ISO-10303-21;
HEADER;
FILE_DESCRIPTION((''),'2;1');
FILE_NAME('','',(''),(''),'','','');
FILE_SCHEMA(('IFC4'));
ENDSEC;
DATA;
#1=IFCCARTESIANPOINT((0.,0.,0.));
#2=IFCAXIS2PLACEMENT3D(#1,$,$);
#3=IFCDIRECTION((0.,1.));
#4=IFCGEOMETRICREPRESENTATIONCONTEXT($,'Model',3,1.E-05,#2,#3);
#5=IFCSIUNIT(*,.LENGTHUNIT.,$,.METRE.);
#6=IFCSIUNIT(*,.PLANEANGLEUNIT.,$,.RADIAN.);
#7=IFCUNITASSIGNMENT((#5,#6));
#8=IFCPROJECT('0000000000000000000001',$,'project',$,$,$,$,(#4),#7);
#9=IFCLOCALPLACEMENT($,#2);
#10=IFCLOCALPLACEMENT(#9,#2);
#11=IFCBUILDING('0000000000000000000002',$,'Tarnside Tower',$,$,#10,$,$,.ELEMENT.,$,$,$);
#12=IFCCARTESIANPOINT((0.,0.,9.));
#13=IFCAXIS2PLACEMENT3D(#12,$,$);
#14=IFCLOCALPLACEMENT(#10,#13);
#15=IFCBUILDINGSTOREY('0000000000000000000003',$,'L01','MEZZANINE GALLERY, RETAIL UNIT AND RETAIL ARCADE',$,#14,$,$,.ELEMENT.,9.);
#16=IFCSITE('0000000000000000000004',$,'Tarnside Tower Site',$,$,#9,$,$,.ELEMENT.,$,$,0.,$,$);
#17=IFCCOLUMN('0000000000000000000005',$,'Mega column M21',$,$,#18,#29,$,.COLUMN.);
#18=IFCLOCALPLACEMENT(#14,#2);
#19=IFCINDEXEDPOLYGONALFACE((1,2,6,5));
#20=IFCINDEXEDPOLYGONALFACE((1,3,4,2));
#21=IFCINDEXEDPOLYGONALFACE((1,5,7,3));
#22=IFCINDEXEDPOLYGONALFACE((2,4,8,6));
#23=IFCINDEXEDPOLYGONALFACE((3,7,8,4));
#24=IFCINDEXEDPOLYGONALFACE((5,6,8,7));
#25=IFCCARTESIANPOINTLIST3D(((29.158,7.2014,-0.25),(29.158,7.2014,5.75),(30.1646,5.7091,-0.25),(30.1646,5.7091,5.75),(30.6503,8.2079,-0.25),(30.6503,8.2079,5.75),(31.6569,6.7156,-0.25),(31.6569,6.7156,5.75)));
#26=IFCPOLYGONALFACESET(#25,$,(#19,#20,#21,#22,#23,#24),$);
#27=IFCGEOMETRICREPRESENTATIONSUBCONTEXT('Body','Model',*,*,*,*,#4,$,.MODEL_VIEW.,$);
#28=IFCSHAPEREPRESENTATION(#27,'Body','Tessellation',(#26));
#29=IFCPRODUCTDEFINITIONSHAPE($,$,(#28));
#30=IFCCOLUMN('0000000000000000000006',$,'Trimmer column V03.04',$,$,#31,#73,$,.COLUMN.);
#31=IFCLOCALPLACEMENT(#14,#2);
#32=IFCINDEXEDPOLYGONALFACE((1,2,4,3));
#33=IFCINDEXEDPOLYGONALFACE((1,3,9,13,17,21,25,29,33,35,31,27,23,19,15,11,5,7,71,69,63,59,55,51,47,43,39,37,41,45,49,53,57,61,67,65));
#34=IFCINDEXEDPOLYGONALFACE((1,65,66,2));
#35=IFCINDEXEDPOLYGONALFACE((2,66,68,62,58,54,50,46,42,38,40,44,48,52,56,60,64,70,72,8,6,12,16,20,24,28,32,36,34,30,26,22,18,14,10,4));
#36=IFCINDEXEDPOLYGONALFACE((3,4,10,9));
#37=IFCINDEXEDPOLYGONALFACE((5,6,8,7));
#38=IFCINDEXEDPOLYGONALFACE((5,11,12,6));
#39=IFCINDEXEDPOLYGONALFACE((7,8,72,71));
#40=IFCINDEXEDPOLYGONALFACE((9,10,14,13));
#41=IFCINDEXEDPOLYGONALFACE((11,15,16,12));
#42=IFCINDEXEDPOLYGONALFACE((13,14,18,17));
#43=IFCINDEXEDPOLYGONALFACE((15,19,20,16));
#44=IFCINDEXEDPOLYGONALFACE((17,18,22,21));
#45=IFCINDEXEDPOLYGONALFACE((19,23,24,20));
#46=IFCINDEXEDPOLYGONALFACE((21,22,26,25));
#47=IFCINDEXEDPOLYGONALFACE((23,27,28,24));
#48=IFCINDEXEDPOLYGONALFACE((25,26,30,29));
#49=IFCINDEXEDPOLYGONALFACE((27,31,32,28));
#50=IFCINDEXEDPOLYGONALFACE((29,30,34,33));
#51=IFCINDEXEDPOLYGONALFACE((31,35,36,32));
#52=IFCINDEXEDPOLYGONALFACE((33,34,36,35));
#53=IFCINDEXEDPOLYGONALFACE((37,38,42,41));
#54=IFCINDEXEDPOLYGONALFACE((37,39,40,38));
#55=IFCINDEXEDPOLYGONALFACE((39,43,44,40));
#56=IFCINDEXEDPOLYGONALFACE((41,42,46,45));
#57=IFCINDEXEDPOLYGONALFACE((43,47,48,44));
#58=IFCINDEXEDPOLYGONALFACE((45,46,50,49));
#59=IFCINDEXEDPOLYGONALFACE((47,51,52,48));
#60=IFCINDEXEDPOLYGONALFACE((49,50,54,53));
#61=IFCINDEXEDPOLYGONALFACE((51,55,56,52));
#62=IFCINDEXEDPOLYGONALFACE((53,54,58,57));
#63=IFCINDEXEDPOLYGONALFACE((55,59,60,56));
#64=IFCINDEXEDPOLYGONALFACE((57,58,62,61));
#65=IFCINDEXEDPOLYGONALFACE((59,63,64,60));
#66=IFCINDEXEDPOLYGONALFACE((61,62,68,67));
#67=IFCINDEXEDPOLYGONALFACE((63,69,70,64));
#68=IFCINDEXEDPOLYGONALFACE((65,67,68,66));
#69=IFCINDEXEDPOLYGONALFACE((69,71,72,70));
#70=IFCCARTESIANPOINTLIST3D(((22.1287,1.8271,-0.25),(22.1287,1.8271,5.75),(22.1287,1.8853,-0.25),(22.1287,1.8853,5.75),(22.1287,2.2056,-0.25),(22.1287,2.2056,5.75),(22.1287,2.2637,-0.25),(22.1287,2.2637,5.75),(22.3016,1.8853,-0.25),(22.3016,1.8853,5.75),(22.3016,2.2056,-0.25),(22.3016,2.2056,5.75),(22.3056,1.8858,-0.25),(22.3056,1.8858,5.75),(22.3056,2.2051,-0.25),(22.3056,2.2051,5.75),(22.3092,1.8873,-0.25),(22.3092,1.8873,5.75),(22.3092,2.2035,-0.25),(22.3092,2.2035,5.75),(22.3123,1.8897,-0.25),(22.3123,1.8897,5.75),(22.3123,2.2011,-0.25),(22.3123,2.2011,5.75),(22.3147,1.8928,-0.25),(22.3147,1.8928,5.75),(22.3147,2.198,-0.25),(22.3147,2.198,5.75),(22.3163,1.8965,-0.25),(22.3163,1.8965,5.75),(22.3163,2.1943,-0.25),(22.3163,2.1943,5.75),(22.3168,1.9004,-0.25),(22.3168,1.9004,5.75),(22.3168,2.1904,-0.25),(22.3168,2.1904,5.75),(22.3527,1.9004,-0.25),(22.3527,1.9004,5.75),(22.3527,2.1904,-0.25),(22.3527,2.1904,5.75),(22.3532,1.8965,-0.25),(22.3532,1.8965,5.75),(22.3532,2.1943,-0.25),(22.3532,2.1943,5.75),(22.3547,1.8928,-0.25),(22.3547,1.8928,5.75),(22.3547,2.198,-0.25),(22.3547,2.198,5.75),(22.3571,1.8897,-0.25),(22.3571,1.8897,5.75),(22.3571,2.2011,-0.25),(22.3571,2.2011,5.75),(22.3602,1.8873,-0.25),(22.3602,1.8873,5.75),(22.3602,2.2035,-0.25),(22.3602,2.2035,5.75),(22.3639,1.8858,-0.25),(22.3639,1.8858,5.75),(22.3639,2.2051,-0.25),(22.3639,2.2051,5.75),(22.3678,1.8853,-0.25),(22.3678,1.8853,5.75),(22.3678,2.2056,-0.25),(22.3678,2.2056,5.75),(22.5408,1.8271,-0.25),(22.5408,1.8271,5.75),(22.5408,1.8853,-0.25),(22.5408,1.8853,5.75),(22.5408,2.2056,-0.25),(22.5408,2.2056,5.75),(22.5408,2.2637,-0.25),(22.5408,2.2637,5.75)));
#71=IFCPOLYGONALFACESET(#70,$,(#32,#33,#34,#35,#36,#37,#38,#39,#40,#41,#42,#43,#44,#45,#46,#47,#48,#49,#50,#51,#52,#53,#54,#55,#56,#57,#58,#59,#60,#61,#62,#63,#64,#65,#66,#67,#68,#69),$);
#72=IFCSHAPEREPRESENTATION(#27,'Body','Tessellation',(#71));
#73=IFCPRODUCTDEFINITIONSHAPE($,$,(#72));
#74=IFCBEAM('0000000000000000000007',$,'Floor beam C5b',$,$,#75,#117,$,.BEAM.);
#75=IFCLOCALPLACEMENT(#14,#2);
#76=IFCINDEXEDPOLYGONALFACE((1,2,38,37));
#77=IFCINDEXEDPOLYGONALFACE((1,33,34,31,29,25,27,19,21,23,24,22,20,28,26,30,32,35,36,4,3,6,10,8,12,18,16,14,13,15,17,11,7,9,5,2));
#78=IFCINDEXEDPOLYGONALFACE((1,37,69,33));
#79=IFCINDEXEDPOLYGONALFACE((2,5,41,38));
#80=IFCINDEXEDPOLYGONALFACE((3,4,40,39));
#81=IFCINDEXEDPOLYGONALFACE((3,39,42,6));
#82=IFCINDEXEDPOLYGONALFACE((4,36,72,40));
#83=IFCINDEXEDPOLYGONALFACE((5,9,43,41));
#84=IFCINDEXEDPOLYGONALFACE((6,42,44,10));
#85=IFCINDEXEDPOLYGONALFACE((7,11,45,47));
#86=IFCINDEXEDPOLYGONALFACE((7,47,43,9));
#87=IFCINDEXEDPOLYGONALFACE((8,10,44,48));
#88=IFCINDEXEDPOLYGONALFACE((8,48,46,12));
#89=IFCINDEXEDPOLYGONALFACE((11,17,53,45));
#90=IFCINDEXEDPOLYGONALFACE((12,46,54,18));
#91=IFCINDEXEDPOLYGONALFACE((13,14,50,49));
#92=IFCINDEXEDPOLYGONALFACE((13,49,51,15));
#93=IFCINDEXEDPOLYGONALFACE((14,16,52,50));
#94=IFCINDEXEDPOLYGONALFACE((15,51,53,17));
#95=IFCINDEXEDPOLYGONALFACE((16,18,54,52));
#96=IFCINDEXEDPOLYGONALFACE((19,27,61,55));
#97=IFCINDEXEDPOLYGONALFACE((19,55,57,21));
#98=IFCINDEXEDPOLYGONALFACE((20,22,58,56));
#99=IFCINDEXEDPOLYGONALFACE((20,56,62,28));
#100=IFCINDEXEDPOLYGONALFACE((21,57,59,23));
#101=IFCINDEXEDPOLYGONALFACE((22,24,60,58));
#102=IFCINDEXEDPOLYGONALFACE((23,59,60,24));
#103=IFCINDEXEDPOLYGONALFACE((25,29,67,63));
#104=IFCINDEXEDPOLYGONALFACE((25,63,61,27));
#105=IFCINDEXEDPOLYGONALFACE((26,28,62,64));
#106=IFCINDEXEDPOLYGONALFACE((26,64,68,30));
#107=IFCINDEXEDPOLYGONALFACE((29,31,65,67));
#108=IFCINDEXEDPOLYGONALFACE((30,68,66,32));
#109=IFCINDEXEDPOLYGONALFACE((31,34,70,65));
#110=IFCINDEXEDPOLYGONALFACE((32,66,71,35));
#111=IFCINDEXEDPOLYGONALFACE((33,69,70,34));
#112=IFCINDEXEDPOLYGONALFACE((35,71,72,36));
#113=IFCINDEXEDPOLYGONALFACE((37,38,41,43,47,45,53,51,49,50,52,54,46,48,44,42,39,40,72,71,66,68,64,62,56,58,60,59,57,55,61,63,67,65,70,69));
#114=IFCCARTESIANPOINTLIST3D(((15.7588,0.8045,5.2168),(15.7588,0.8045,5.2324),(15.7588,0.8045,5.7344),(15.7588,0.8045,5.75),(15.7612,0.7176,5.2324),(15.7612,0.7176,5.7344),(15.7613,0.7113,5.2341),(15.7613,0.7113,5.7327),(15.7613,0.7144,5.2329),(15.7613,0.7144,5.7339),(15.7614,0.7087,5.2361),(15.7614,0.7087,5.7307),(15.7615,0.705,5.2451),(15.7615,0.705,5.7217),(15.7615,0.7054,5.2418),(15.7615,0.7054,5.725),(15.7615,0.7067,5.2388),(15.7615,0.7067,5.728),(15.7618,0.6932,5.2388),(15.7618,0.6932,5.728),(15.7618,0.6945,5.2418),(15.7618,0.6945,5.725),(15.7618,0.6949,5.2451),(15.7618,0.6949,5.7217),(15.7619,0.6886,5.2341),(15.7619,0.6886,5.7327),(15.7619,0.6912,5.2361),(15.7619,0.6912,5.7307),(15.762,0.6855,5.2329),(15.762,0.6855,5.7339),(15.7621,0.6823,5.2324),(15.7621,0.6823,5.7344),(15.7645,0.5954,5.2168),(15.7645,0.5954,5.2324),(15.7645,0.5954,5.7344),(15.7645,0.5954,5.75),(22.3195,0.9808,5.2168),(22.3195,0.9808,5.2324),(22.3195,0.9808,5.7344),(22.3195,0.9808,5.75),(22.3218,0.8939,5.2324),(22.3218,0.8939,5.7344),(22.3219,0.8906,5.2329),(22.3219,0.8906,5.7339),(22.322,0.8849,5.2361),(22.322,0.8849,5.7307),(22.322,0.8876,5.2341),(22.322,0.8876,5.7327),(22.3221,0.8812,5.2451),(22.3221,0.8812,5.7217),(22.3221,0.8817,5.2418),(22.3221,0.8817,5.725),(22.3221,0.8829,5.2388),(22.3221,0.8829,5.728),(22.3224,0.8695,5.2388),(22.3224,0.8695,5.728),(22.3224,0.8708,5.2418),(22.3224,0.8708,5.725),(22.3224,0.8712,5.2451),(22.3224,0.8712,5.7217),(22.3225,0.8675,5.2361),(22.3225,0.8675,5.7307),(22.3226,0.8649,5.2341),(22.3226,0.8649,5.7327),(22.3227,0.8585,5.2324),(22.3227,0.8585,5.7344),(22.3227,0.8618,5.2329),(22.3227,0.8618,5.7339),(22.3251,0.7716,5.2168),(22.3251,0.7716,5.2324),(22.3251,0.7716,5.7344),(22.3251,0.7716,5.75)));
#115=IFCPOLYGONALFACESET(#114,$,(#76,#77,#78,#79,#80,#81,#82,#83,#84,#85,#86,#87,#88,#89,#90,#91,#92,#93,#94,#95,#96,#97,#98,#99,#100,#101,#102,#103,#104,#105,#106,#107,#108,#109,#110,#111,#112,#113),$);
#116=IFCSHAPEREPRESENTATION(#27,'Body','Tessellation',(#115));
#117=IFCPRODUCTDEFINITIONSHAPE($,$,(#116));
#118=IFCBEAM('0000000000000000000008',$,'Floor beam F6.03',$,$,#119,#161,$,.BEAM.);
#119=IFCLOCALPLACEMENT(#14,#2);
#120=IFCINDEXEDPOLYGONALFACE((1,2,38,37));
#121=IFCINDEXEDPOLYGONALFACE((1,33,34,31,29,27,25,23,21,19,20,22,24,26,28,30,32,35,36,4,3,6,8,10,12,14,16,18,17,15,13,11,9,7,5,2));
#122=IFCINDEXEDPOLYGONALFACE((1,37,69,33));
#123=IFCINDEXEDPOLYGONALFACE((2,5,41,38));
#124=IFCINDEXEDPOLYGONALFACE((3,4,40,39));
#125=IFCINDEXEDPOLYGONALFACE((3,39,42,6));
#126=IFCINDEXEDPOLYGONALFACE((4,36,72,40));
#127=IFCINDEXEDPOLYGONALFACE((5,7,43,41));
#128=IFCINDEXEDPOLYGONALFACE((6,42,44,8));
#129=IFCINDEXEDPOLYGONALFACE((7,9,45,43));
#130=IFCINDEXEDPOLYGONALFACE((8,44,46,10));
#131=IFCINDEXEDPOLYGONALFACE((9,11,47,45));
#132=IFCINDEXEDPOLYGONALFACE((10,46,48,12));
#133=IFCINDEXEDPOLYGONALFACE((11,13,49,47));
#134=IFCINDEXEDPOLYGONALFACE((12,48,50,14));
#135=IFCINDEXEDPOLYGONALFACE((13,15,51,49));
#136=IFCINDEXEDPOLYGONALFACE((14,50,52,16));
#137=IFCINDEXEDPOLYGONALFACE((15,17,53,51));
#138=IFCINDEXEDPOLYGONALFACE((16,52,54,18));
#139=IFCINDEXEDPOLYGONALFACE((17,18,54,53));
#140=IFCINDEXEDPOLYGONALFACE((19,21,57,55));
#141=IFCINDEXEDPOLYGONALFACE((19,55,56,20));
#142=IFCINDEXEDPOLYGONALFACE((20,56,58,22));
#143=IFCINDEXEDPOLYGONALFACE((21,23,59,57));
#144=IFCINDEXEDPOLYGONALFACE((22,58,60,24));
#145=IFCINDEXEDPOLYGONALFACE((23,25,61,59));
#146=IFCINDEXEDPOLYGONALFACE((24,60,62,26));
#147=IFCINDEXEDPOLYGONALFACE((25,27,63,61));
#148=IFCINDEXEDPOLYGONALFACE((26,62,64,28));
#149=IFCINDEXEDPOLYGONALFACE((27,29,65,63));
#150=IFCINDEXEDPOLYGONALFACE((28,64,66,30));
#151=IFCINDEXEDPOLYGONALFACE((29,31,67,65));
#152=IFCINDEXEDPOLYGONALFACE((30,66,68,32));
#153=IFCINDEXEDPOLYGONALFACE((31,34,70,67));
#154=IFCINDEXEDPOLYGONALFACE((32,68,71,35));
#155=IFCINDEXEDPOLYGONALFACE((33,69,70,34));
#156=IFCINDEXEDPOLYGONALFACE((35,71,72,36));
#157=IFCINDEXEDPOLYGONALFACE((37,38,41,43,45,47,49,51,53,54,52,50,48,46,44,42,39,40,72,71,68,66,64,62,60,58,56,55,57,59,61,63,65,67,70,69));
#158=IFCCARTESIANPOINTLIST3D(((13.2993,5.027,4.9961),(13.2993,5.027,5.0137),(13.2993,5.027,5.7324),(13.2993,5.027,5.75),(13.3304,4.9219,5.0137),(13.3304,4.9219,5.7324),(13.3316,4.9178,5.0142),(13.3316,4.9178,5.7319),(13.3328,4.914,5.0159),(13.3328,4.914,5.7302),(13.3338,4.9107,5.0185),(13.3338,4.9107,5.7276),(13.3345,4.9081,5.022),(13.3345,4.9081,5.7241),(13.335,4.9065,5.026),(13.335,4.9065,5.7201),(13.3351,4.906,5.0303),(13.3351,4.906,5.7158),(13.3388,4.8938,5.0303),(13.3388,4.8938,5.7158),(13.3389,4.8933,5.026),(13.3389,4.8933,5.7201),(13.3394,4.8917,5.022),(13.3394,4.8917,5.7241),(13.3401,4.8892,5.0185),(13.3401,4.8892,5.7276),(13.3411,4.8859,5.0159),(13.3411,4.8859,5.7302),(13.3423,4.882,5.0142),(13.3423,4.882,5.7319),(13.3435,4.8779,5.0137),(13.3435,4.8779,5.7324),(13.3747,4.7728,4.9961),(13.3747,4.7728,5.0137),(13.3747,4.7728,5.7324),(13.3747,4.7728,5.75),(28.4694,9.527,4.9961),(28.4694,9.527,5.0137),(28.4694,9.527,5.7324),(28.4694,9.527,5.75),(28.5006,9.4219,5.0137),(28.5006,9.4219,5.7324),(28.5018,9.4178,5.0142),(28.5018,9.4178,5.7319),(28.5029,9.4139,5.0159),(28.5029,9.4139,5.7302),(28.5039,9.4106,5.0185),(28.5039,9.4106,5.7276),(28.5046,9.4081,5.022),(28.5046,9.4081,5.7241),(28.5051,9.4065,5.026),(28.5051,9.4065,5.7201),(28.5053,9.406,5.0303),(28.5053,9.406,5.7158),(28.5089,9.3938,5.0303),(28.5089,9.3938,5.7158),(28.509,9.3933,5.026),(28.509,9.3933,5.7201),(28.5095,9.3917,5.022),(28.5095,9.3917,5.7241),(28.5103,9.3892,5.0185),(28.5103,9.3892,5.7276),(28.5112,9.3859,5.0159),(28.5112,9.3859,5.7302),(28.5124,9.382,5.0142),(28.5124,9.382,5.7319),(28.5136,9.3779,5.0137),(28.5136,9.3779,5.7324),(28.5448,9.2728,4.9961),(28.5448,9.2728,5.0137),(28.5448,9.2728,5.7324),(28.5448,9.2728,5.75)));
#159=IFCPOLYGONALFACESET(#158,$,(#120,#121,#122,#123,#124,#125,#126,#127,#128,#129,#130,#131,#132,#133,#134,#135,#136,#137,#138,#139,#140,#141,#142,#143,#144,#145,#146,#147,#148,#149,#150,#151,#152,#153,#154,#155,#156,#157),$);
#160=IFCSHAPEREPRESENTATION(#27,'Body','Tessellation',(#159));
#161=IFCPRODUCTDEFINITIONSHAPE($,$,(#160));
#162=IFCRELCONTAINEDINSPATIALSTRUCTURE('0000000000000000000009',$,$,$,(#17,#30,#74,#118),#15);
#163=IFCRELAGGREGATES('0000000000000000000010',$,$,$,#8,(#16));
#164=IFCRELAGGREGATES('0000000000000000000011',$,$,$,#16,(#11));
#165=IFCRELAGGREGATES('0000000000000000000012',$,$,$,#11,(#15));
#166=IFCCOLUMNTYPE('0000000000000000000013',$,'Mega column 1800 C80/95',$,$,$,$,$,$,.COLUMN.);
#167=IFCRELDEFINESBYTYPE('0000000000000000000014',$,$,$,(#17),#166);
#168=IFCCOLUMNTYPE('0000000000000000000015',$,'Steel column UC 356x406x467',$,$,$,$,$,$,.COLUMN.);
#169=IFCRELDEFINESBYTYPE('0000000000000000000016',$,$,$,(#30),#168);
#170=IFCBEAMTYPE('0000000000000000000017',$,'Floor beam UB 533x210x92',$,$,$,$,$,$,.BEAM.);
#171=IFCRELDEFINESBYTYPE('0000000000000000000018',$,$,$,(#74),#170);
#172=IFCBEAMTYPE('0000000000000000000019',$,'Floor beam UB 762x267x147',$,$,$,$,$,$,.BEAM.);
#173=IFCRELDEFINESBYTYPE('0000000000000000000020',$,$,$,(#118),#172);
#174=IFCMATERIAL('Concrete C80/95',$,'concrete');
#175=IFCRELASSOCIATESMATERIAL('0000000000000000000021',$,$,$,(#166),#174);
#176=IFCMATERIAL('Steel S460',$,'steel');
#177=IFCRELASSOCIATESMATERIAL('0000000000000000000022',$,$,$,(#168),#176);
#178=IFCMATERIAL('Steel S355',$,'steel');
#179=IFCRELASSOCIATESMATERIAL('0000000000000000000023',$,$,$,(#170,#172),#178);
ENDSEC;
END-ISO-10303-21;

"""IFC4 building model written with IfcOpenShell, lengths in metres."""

from ifc_helpers import new_model, si_unit, direction, frame, origin, origin_2d, place, context, subcontext, project, spatial, rectangle, i_section, extrude, material, material_profile, profile_set, type_object, element, save


model = new_model("IFC4")

# Units and contexts
model_context = context("Model", 3, precision=1e-05, world=origin(), true_north=direction((0.0, 1.0)))
body_context = subcontext(model_context, "Body", "Model", "MODEL_VIEW")
ifc_project = project(units=[si_unit("LENGTHUNIT", "METRE"), si_unit("PLANEANGLEUNIT", "RADIAN")], contexts=[model_context])

# Site, building, storey
site_placement = place(None, origin())
site = spatial("IfcSite", under=ifc_project, at=site_placement, Name="Tarnside Tower Site", CompositionType="ELEMENT", RefElevation=0.0)
building_placement = place(site_placement, origin())
building = spatial("IfcBuilding", under=site, at=building_placement, Name="Tarnside Tower", CompositionType="ELEMENT")
storey_placement = place(building_placement, frame((0.0, 0.0, 9.0)))
storey = spatial("IfcBuildingStorey", under=building, at=storey_placement, Name="L01", Description="MEZZANINE GALLERY, RETAIL UNIT AND RETAIL ARCADE", CompositionType="ELEMENT", Elevation=9.0)

# Columns
ifc_material_1 = material(Name="Concrete C80/95", Category="concrete")
ifc_material_profile_1 = material_profile(ifc_material_1, rectangle(XDim=1.8, YDim=1.8, at=origin_2d()), Name="Mega column 1800x1800")
ifc_profile_set_1 = profile_set([ifc_material_profile_1], Name="Concrete C80/95")
column_type_1 = type_object("IfcColumnType", Name="Mega column 1800 C80/95", PredefinedType="COLUMN", material=ifc_profile_set_1)
column_1_placement = place(storey_placement, frame((30.4075, 6.9585, -0.25), z_axis=(0.0, 0.0, 1.0), x_axis=(0.559193, -0.829038, 0.0)))
element("IfcColumn", 1, at=column_1_placement, inside=storey, type_object=column_type_1, Name="Mega column M21", PredefinedType="COLUMN", context=body_context, shape_type="SweptSolid", body=[
    extrude(rectangle(XDim=1.8, YDim=1.8, at=origin_2d()), origin(), (0.0, 0.0, 1.0), 6.0),
])
ifc_material_2 = material(Name="Steel S460", Category="steel")
ifc_material_profile_2 = material_profile(ifc_material_2, i_section(OverallWidth=0.4121, OverallDepth=0.4365, WebThickness=0.0359, FlangeThickness=0.0581, FilletRadius=0.0151, at=origin_2d()), Name="UC 356x406x467")
ifc_profile_set_2 = profile_set([ifc_material_profile_2], Name="Steel S460")
column_type_2 = type_object("IfcColumnType", Name="Steel column UC 356x406x467", PredefinedType="COLUMN", material=ifc_profile_set_2)
column_2_placement = place(storey_placement, frame((22.3347, 2.0454, -0.25), z_axis=(0.0, 0.0, 1.0), x_axis=(1.0, 0.0, 0.0)))
element("IfcColumn", 2, at=column_2_placement, inside=storey, type_object=column_type_2, Name="Trimmer column V03.04", PredefinedType="COLUMN", context=body_context, shape_type="SweptSolid", body=[
    extrude(i_section(OverallWidth=0.4121, OverallDepth=0.4365, WebThickness=0.0359, FlangeThickness=0.0581, FilletRadius=0.0151, at=origin_2d()), origin(), (0.0, 0.0, 1.0), 6.0),
])

# Beams
ifc_material_3 = material(Name="Steel S355", Category="steel")
ifc_material_profile_3 = material_profile(ifc_material_3, i_section(OverallWidth=0.2092, OverallDepth=0.5332, WebThickness=0.01, FlangeThickness=0.0156, FilletRadius=0.0127, at=origin_2d()), Name="UB 533x210x92")
ifc_profile_set_3 = profile_set([ifc_material_profile_3], Name="Steel S355")
beam_type_1 = type_object("IfcBeamType", Name="Floor beam UB 533x210x92", PredefinedType="BEAM", material=ifc_profile_set_3)
beam_1_placement = place(storey_placement, frame((22.3223, 0.8762, 5.4834), z_axis=(-0.999639, -0.026858, 0.0), x_axis=(0.026858, -0.999639, 0.0)))
element("IfcBeam", 3, at=beam_1_placement, inside=storey, type_object=beam_type_1, Name="Floor beam C5b", PredefinedType="BEAM", context=body_context, shape_type="SweptSolid", body=[
    extrude(i_section(OverallWidth=0.2092, OverallDepth=0.5332, WebThickness=0.01, FlangeThickness=0.0156, FilletRadius=0.0127, at=origin_2d()), origin(), (0.0, 0.0, 1.0), 6.563),
])
ifc_material_profile_4 = material_profile(ifc_material_3, i_section(OverallWidth=0.2651, OverallDepth=0.7539, WebThickness=0.0127, FlangeThickness=0.0176, FilletRadius=0.0166, at=origin_2d()), Name="UB 762x267x147")
ifc_profile_set_4 = profile_set([ifc_material_profile_4], Name="Steel S355")
beam_type_2 = type_object("IfcBeamType", Name="Floor beam UB 762x267x147", PredefinedType="BEAM", material=ifc_profile_set_4)
beam_2_placement = place(storey_placement, frame((28.5071, 9.3999, 5.373), z_axis=(-0.95871, -0.284387, 0.0), x_axis=(0.284387, -0.95871, 0.0)))
element("IfcBeam", 4, at=beam_2_placement, inside=storey, type_object=beam_type_2, Name="Floor beam F6.03", PredefinedType="BEAM", context=body_context, shape_type="SweptSolid", body=[
    extrude(i_section(OverallWidth=0.2651, OverallDepth=0.7539, WebThickness=0.0127, FlangeThickness=0.0176, FilletRadius=0.0166, at=origin_2d()), origin(), (0.0, 0.0, 1.0), 15.8235),
])

save(model, "model.ifc")
